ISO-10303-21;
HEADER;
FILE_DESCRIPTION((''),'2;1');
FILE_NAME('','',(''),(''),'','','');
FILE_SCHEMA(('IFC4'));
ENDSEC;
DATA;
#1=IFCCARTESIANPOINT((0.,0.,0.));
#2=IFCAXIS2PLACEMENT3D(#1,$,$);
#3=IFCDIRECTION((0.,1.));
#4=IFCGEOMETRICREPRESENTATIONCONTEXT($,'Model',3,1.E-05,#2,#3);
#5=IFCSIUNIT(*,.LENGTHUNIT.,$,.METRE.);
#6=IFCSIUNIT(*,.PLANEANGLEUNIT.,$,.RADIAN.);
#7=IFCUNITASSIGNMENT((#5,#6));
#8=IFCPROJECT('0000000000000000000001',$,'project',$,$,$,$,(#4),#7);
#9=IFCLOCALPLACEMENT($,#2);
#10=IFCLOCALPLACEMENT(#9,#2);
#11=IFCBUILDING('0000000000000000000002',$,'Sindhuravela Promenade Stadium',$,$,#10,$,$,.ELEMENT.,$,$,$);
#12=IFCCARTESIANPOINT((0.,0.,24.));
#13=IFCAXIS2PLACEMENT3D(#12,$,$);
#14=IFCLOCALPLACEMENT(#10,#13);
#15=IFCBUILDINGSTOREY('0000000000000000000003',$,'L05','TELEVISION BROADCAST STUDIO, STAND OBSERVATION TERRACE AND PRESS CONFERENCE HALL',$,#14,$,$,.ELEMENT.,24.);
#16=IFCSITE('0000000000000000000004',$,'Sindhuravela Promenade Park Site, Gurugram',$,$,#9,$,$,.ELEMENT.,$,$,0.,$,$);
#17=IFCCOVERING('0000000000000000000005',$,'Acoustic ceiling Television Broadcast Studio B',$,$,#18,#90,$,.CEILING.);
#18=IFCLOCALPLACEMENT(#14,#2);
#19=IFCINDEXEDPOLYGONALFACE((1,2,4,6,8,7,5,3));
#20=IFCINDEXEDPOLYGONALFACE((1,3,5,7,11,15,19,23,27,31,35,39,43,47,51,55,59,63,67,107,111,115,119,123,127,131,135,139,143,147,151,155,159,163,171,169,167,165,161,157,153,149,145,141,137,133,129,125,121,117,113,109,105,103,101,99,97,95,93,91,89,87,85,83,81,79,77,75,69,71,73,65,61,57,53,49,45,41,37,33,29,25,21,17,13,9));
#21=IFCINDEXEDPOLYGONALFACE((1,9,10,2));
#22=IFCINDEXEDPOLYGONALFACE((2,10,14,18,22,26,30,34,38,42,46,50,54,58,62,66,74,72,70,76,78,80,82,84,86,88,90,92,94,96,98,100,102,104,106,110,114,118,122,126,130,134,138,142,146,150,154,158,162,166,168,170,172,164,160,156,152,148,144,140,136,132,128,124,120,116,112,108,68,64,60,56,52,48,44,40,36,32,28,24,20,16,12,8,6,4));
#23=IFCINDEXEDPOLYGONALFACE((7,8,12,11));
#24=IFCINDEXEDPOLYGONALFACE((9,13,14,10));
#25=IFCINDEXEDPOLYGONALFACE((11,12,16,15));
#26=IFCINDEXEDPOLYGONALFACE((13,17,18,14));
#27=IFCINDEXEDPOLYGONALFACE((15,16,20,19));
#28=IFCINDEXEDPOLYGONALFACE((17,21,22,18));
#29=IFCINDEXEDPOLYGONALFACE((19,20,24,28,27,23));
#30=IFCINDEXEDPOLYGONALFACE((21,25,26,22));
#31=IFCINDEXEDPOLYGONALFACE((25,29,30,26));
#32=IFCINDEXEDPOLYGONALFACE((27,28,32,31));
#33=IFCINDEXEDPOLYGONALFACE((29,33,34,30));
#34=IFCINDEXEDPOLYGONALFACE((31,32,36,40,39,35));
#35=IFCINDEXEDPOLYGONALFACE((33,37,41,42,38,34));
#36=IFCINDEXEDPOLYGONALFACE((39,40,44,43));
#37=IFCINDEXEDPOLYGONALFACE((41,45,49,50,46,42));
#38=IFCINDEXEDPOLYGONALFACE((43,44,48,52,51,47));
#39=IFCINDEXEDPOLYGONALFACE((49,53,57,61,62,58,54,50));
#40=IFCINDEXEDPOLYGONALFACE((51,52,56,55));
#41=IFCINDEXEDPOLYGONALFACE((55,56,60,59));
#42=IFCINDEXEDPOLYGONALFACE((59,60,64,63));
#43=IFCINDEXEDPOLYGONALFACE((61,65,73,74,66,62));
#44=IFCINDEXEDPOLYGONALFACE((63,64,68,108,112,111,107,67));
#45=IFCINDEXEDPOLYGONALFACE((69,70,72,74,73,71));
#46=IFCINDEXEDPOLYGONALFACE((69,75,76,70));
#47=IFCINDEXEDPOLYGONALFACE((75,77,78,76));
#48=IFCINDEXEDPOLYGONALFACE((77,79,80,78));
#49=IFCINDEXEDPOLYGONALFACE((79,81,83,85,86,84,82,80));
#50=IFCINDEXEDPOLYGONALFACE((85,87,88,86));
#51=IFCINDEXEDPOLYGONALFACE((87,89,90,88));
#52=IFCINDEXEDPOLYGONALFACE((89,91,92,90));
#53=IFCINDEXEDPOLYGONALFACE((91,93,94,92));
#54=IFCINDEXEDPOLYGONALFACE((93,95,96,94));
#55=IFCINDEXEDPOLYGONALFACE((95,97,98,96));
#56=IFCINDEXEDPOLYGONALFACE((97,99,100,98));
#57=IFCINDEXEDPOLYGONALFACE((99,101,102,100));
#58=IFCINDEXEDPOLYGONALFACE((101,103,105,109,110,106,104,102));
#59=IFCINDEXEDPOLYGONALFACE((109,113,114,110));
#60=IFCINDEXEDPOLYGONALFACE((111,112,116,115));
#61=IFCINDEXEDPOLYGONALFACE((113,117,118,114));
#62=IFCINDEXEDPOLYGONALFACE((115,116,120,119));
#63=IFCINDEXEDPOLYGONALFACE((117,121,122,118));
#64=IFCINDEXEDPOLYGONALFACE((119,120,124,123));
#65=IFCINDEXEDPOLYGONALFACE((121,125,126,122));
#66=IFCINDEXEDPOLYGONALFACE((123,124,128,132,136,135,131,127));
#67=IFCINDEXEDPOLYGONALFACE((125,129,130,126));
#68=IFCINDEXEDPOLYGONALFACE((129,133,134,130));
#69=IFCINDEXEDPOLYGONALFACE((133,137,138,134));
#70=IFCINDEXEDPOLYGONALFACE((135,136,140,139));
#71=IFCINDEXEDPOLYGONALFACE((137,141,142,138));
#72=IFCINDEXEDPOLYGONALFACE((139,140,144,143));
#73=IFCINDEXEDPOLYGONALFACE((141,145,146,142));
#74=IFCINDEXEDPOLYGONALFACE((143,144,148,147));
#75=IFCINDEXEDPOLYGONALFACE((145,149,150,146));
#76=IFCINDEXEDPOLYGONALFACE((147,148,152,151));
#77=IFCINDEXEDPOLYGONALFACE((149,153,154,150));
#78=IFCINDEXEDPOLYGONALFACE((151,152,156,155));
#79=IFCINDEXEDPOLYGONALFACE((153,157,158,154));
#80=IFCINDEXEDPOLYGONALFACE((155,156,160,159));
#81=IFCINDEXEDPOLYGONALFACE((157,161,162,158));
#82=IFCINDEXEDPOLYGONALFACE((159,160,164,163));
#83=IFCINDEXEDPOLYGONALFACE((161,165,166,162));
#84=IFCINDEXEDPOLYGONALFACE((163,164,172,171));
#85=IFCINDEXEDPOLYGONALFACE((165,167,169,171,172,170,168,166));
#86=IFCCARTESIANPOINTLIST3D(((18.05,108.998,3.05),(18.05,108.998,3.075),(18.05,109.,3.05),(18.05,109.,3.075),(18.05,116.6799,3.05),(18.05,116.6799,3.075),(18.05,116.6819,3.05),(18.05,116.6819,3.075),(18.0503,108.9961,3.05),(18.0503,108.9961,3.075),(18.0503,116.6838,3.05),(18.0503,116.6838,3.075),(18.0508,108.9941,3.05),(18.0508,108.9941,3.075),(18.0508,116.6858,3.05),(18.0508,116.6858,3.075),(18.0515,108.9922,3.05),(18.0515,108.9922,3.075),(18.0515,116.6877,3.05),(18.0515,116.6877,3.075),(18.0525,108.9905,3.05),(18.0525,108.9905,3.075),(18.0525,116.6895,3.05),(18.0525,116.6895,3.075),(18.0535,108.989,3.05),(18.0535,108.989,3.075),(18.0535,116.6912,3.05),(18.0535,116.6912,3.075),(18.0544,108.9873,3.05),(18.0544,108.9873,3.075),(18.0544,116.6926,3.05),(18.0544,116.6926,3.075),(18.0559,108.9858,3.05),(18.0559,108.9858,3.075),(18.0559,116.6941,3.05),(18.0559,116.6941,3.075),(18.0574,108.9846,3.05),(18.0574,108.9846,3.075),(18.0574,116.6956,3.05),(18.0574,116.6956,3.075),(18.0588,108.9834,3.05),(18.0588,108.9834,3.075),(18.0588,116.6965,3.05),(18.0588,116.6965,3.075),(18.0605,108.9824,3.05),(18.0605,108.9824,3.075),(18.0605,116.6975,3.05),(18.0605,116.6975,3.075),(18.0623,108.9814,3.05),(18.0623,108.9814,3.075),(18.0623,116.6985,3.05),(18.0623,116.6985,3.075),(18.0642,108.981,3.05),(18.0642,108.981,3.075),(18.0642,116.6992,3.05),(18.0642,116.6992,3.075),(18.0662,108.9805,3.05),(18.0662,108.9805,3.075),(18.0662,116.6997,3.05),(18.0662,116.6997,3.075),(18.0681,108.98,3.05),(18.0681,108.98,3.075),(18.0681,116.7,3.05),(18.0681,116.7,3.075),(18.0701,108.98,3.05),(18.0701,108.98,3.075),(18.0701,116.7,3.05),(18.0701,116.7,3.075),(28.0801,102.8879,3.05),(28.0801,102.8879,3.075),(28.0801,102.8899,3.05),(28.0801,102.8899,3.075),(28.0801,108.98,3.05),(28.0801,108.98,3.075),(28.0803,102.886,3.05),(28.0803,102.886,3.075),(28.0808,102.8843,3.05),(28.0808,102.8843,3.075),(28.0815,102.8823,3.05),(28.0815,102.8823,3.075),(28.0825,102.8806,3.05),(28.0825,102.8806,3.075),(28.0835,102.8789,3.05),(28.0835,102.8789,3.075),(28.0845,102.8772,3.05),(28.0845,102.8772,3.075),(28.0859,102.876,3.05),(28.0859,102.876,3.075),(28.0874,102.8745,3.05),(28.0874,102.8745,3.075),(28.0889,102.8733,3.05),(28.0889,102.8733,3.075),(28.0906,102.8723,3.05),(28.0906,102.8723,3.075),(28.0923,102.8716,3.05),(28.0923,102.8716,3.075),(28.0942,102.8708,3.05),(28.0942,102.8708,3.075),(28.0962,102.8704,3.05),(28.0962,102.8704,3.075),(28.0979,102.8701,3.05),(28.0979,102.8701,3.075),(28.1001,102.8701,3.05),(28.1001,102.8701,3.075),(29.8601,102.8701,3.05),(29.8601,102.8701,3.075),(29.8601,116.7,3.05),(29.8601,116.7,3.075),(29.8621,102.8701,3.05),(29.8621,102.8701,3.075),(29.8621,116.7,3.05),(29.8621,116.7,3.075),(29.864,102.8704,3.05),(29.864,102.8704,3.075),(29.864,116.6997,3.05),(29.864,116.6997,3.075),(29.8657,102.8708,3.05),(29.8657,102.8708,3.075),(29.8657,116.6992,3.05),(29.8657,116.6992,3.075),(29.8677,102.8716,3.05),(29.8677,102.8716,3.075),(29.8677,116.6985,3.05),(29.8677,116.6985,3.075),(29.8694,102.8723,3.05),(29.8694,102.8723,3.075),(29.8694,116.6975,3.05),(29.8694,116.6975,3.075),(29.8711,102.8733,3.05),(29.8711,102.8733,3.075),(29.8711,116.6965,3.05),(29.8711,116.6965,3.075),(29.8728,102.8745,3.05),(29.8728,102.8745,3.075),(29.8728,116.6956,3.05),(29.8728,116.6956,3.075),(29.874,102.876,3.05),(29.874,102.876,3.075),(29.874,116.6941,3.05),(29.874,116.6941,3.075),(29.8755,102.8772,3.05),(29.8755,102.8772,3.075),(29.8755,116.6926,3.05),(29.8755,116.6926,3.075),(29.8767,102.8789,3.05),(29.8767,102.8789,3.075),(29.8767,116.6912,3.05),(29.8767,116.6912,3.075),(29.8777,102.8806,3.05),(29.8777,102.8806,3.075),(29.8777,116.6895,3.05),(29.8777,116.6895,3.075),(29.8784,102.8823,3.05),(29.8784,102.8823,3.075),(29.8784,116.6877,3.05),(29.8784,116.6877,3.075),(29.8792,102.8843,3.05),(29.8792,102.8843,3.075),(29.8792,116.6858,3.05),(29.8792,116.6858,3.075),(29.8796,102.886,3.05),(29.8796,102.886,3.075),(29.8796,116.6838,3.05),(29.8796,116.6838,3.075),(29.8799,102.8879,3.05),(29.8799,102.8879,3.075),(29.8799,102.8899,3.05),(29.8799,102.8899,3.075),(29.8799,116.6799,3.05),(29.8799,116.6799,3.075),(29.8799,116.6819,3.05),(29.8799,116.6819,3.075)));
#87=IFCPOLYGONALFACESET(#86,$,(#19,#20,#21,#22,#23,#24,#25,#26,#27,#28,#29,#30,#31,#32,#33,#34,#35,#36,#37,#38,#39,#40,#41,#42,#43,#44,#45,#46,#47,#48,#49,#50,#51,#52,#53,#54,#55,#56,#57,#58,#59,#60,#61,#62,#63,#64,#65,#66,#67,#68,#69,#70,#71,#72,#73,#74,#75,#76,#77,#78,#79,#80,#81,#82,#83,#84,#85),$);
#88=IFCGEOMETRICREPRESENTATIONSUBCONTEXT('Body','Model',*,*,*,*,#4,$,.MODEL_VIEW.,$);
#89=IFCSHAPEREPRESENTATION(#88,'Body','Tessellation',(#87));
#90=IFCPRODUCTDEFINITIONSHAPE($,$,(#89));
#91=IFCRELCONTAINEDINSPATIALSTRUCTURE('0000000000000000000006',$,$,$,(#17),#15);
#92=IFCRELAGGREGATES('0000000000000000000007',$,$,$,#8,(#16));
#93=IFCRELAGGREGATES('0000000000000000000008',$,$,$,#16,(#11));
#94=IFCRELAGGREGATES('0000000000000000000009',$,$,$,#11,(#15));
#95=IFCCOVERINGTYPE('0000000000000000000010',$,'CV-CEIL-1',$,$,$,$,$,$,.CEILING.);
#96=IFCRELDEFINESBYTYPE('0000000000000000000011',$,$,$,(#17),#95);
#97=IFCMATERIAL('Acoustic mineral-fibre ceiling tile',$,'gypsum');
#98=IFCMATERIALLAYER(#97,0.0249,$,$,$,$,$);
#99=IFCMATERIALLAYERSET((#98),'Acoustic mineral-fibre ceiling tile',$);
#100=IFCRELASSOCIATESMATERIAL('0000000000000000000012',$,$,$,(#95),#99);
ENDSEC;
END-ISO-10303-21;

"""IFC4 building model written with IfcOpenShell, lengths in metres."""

from ifc_helpers import new_model, si_unit, direction, frame, origin, place, context, subcontext, project, spatial, polyline, outline, extrude, material, layer, layer_set, type_object, element, save


model = new_model("IFC4")

# Units and contexts
model_context = context("Model", 3, precision=1e-05, world=origin(), true_north=direction((0.0, 1.0)))
body_context = subcontext(model_context, "Body", "Model", "MODEL_VIEW")
ifc_project = project(units=[si_unit("LENGTHUNIT", "METRE"), si_unit("PLANEANGLEUNIT", "RADIAN")], contexts=[model_context])

# Site, building, storey
site_placement = place(None, origin())
site = spatial("IfcSite", under=ifc_project, at=site_placement, Name="Sindhuravela Promenade Park Site, Gurugram", CompositionType="ELEMENT", RefElevation=0.0)
building_placement = place(site_placement, origin())
building = spatial("IfcBuilding", under=site, at=building_placement, Name="Sindhuravela Promenade Stadium", CompositionType="ELEMENT")
storey_placement = place(building_placement, frame((0.0, 0.0, 24.0)))
storey = spatial("IfcBuildingStorey", under=building, at=storey_placement, Name="L05", Description="TELEVISION BROADCAST STUDIO, STAND OBSERVATION TERRACE AND PRESS CONFERENCE HALL", CompositionType="ELEMENT", Elevation=24.0)

# Covering
ifc_material_1 = material(Name="Acoustic mineral-fibre ceiling tile", Category="gypsum")
ifc_layer_1 = layer(ifc_material_1, 0.0249)
ifc_layer_set_1 = layer_set([ifc_layer_1], Name="Acoustic mineral-fibre ceiling tile")
covering_type_1 = type_object("IfcCoveringType", Name="CV-CEIL-1", PredefinedType="CEILING", material=ifc_layer_set_1)
covering_1_placement = place(storey_placement, frame((0.0, 0.0, 3.05)))
element("IfcCovering", 1, at=covering_1_placement, inside=storey, type_object=covering_type_1, Name="Acoustic ceiling Television Broadcast Studio B", PredefinedType="CEILING", context=body_context, shape_type="SweptSolid", body=[
    extrude(outline(polyline([(29.8799, 102.8899), (29.8799, 102.8879), (29.8796, 102.886), (29.8792, 102.8843), (29.8784, 102.8823), (29.8777, 102.8806), (29.8767, 102.8789), (29.8755, 102.8772), (29.874, 102.876), (29.8728, 102.8745), (29.8711, 102.8733), (29.8694, 102.8723), (29.8677, 102.8716), (29.8657, 102.8708), (29.864, 102.8704), (29.8621, 102.8701), (29.8601, 102.8701), (28.1001, 102.8701), (28.0979, 102.8701), (28.0962, 102.8704), (28.0942, 102.8708), (28.0923, 102.8716), (28.0906, 102.8723), (28.0889, 102.8733), (28.0874, 102.8745), (28.0859, 102.876), (28.0845, 102.8772), (28.0835, 102.8789), (28.0825, 102.8806), (28.0815, 102.8823), (28.0808, 102.8843), (28.0803, 102.886), (28.0801, 102.8879), (28.0801, 102.8899), (28.0801, 108.98), (18.0701, 108.98), (18.0681, 108.98), (18.0662, 108.9805), (18.0642, 108.981), (18.0623, 108.9814), (18.0605, 108.9824), (18.0588, 108.9834), (18.0574, 108.9846), (18.0559, 108.9858), (18.0544, 108.9873), (18.0535, 108.989), (18.0525, 108.9905), (18.0515, 108.9922), (18.0508, 108.9941), (18.0503, 108.9961), (18.05, 108.998), (18.05, 109.0), (18.05, 116.6799), (18.05, 116.6819), (18.0503, 116.6838), (18.0508, 116.6858), (18.0515, 116.6877), (18.0525, 116.6895), (18.0535, 116.6912), (18.0544, 116.6926), (18.0559, 116.6941), (18.0574, 116.6956), (18.0588, 116.6965), (18.0605, 116.6975), (18.0623, 116.6985), (18.0642, 116.6992), (18.0662, 116.6997), (18.0681, 116.7), (18.0701, 116.7), (29.8601, 116.7), (29.8621, 116.7), (29.864, 116.6997), (29.8657, 116.6992), (29.8677, 116.6985), (29.8694, 116.6975), (29.8711, 116.6965), (29.8728, 116.6956), (29.874, 116.6941), (29.8755, 116.6926), (29.8767, 116.6912), (29.8777, 116.6895), (29.8784, 116.6877), (29.8792, 116.6858), (29.8796, 116.6838), (29.8799, 116.6819), (29.8799, 116.6799), (29.8799, 102.8899)])), origin(), (0.0, 0.0, 1.0), 0.0249),
])

save(model, "model.ifc")
